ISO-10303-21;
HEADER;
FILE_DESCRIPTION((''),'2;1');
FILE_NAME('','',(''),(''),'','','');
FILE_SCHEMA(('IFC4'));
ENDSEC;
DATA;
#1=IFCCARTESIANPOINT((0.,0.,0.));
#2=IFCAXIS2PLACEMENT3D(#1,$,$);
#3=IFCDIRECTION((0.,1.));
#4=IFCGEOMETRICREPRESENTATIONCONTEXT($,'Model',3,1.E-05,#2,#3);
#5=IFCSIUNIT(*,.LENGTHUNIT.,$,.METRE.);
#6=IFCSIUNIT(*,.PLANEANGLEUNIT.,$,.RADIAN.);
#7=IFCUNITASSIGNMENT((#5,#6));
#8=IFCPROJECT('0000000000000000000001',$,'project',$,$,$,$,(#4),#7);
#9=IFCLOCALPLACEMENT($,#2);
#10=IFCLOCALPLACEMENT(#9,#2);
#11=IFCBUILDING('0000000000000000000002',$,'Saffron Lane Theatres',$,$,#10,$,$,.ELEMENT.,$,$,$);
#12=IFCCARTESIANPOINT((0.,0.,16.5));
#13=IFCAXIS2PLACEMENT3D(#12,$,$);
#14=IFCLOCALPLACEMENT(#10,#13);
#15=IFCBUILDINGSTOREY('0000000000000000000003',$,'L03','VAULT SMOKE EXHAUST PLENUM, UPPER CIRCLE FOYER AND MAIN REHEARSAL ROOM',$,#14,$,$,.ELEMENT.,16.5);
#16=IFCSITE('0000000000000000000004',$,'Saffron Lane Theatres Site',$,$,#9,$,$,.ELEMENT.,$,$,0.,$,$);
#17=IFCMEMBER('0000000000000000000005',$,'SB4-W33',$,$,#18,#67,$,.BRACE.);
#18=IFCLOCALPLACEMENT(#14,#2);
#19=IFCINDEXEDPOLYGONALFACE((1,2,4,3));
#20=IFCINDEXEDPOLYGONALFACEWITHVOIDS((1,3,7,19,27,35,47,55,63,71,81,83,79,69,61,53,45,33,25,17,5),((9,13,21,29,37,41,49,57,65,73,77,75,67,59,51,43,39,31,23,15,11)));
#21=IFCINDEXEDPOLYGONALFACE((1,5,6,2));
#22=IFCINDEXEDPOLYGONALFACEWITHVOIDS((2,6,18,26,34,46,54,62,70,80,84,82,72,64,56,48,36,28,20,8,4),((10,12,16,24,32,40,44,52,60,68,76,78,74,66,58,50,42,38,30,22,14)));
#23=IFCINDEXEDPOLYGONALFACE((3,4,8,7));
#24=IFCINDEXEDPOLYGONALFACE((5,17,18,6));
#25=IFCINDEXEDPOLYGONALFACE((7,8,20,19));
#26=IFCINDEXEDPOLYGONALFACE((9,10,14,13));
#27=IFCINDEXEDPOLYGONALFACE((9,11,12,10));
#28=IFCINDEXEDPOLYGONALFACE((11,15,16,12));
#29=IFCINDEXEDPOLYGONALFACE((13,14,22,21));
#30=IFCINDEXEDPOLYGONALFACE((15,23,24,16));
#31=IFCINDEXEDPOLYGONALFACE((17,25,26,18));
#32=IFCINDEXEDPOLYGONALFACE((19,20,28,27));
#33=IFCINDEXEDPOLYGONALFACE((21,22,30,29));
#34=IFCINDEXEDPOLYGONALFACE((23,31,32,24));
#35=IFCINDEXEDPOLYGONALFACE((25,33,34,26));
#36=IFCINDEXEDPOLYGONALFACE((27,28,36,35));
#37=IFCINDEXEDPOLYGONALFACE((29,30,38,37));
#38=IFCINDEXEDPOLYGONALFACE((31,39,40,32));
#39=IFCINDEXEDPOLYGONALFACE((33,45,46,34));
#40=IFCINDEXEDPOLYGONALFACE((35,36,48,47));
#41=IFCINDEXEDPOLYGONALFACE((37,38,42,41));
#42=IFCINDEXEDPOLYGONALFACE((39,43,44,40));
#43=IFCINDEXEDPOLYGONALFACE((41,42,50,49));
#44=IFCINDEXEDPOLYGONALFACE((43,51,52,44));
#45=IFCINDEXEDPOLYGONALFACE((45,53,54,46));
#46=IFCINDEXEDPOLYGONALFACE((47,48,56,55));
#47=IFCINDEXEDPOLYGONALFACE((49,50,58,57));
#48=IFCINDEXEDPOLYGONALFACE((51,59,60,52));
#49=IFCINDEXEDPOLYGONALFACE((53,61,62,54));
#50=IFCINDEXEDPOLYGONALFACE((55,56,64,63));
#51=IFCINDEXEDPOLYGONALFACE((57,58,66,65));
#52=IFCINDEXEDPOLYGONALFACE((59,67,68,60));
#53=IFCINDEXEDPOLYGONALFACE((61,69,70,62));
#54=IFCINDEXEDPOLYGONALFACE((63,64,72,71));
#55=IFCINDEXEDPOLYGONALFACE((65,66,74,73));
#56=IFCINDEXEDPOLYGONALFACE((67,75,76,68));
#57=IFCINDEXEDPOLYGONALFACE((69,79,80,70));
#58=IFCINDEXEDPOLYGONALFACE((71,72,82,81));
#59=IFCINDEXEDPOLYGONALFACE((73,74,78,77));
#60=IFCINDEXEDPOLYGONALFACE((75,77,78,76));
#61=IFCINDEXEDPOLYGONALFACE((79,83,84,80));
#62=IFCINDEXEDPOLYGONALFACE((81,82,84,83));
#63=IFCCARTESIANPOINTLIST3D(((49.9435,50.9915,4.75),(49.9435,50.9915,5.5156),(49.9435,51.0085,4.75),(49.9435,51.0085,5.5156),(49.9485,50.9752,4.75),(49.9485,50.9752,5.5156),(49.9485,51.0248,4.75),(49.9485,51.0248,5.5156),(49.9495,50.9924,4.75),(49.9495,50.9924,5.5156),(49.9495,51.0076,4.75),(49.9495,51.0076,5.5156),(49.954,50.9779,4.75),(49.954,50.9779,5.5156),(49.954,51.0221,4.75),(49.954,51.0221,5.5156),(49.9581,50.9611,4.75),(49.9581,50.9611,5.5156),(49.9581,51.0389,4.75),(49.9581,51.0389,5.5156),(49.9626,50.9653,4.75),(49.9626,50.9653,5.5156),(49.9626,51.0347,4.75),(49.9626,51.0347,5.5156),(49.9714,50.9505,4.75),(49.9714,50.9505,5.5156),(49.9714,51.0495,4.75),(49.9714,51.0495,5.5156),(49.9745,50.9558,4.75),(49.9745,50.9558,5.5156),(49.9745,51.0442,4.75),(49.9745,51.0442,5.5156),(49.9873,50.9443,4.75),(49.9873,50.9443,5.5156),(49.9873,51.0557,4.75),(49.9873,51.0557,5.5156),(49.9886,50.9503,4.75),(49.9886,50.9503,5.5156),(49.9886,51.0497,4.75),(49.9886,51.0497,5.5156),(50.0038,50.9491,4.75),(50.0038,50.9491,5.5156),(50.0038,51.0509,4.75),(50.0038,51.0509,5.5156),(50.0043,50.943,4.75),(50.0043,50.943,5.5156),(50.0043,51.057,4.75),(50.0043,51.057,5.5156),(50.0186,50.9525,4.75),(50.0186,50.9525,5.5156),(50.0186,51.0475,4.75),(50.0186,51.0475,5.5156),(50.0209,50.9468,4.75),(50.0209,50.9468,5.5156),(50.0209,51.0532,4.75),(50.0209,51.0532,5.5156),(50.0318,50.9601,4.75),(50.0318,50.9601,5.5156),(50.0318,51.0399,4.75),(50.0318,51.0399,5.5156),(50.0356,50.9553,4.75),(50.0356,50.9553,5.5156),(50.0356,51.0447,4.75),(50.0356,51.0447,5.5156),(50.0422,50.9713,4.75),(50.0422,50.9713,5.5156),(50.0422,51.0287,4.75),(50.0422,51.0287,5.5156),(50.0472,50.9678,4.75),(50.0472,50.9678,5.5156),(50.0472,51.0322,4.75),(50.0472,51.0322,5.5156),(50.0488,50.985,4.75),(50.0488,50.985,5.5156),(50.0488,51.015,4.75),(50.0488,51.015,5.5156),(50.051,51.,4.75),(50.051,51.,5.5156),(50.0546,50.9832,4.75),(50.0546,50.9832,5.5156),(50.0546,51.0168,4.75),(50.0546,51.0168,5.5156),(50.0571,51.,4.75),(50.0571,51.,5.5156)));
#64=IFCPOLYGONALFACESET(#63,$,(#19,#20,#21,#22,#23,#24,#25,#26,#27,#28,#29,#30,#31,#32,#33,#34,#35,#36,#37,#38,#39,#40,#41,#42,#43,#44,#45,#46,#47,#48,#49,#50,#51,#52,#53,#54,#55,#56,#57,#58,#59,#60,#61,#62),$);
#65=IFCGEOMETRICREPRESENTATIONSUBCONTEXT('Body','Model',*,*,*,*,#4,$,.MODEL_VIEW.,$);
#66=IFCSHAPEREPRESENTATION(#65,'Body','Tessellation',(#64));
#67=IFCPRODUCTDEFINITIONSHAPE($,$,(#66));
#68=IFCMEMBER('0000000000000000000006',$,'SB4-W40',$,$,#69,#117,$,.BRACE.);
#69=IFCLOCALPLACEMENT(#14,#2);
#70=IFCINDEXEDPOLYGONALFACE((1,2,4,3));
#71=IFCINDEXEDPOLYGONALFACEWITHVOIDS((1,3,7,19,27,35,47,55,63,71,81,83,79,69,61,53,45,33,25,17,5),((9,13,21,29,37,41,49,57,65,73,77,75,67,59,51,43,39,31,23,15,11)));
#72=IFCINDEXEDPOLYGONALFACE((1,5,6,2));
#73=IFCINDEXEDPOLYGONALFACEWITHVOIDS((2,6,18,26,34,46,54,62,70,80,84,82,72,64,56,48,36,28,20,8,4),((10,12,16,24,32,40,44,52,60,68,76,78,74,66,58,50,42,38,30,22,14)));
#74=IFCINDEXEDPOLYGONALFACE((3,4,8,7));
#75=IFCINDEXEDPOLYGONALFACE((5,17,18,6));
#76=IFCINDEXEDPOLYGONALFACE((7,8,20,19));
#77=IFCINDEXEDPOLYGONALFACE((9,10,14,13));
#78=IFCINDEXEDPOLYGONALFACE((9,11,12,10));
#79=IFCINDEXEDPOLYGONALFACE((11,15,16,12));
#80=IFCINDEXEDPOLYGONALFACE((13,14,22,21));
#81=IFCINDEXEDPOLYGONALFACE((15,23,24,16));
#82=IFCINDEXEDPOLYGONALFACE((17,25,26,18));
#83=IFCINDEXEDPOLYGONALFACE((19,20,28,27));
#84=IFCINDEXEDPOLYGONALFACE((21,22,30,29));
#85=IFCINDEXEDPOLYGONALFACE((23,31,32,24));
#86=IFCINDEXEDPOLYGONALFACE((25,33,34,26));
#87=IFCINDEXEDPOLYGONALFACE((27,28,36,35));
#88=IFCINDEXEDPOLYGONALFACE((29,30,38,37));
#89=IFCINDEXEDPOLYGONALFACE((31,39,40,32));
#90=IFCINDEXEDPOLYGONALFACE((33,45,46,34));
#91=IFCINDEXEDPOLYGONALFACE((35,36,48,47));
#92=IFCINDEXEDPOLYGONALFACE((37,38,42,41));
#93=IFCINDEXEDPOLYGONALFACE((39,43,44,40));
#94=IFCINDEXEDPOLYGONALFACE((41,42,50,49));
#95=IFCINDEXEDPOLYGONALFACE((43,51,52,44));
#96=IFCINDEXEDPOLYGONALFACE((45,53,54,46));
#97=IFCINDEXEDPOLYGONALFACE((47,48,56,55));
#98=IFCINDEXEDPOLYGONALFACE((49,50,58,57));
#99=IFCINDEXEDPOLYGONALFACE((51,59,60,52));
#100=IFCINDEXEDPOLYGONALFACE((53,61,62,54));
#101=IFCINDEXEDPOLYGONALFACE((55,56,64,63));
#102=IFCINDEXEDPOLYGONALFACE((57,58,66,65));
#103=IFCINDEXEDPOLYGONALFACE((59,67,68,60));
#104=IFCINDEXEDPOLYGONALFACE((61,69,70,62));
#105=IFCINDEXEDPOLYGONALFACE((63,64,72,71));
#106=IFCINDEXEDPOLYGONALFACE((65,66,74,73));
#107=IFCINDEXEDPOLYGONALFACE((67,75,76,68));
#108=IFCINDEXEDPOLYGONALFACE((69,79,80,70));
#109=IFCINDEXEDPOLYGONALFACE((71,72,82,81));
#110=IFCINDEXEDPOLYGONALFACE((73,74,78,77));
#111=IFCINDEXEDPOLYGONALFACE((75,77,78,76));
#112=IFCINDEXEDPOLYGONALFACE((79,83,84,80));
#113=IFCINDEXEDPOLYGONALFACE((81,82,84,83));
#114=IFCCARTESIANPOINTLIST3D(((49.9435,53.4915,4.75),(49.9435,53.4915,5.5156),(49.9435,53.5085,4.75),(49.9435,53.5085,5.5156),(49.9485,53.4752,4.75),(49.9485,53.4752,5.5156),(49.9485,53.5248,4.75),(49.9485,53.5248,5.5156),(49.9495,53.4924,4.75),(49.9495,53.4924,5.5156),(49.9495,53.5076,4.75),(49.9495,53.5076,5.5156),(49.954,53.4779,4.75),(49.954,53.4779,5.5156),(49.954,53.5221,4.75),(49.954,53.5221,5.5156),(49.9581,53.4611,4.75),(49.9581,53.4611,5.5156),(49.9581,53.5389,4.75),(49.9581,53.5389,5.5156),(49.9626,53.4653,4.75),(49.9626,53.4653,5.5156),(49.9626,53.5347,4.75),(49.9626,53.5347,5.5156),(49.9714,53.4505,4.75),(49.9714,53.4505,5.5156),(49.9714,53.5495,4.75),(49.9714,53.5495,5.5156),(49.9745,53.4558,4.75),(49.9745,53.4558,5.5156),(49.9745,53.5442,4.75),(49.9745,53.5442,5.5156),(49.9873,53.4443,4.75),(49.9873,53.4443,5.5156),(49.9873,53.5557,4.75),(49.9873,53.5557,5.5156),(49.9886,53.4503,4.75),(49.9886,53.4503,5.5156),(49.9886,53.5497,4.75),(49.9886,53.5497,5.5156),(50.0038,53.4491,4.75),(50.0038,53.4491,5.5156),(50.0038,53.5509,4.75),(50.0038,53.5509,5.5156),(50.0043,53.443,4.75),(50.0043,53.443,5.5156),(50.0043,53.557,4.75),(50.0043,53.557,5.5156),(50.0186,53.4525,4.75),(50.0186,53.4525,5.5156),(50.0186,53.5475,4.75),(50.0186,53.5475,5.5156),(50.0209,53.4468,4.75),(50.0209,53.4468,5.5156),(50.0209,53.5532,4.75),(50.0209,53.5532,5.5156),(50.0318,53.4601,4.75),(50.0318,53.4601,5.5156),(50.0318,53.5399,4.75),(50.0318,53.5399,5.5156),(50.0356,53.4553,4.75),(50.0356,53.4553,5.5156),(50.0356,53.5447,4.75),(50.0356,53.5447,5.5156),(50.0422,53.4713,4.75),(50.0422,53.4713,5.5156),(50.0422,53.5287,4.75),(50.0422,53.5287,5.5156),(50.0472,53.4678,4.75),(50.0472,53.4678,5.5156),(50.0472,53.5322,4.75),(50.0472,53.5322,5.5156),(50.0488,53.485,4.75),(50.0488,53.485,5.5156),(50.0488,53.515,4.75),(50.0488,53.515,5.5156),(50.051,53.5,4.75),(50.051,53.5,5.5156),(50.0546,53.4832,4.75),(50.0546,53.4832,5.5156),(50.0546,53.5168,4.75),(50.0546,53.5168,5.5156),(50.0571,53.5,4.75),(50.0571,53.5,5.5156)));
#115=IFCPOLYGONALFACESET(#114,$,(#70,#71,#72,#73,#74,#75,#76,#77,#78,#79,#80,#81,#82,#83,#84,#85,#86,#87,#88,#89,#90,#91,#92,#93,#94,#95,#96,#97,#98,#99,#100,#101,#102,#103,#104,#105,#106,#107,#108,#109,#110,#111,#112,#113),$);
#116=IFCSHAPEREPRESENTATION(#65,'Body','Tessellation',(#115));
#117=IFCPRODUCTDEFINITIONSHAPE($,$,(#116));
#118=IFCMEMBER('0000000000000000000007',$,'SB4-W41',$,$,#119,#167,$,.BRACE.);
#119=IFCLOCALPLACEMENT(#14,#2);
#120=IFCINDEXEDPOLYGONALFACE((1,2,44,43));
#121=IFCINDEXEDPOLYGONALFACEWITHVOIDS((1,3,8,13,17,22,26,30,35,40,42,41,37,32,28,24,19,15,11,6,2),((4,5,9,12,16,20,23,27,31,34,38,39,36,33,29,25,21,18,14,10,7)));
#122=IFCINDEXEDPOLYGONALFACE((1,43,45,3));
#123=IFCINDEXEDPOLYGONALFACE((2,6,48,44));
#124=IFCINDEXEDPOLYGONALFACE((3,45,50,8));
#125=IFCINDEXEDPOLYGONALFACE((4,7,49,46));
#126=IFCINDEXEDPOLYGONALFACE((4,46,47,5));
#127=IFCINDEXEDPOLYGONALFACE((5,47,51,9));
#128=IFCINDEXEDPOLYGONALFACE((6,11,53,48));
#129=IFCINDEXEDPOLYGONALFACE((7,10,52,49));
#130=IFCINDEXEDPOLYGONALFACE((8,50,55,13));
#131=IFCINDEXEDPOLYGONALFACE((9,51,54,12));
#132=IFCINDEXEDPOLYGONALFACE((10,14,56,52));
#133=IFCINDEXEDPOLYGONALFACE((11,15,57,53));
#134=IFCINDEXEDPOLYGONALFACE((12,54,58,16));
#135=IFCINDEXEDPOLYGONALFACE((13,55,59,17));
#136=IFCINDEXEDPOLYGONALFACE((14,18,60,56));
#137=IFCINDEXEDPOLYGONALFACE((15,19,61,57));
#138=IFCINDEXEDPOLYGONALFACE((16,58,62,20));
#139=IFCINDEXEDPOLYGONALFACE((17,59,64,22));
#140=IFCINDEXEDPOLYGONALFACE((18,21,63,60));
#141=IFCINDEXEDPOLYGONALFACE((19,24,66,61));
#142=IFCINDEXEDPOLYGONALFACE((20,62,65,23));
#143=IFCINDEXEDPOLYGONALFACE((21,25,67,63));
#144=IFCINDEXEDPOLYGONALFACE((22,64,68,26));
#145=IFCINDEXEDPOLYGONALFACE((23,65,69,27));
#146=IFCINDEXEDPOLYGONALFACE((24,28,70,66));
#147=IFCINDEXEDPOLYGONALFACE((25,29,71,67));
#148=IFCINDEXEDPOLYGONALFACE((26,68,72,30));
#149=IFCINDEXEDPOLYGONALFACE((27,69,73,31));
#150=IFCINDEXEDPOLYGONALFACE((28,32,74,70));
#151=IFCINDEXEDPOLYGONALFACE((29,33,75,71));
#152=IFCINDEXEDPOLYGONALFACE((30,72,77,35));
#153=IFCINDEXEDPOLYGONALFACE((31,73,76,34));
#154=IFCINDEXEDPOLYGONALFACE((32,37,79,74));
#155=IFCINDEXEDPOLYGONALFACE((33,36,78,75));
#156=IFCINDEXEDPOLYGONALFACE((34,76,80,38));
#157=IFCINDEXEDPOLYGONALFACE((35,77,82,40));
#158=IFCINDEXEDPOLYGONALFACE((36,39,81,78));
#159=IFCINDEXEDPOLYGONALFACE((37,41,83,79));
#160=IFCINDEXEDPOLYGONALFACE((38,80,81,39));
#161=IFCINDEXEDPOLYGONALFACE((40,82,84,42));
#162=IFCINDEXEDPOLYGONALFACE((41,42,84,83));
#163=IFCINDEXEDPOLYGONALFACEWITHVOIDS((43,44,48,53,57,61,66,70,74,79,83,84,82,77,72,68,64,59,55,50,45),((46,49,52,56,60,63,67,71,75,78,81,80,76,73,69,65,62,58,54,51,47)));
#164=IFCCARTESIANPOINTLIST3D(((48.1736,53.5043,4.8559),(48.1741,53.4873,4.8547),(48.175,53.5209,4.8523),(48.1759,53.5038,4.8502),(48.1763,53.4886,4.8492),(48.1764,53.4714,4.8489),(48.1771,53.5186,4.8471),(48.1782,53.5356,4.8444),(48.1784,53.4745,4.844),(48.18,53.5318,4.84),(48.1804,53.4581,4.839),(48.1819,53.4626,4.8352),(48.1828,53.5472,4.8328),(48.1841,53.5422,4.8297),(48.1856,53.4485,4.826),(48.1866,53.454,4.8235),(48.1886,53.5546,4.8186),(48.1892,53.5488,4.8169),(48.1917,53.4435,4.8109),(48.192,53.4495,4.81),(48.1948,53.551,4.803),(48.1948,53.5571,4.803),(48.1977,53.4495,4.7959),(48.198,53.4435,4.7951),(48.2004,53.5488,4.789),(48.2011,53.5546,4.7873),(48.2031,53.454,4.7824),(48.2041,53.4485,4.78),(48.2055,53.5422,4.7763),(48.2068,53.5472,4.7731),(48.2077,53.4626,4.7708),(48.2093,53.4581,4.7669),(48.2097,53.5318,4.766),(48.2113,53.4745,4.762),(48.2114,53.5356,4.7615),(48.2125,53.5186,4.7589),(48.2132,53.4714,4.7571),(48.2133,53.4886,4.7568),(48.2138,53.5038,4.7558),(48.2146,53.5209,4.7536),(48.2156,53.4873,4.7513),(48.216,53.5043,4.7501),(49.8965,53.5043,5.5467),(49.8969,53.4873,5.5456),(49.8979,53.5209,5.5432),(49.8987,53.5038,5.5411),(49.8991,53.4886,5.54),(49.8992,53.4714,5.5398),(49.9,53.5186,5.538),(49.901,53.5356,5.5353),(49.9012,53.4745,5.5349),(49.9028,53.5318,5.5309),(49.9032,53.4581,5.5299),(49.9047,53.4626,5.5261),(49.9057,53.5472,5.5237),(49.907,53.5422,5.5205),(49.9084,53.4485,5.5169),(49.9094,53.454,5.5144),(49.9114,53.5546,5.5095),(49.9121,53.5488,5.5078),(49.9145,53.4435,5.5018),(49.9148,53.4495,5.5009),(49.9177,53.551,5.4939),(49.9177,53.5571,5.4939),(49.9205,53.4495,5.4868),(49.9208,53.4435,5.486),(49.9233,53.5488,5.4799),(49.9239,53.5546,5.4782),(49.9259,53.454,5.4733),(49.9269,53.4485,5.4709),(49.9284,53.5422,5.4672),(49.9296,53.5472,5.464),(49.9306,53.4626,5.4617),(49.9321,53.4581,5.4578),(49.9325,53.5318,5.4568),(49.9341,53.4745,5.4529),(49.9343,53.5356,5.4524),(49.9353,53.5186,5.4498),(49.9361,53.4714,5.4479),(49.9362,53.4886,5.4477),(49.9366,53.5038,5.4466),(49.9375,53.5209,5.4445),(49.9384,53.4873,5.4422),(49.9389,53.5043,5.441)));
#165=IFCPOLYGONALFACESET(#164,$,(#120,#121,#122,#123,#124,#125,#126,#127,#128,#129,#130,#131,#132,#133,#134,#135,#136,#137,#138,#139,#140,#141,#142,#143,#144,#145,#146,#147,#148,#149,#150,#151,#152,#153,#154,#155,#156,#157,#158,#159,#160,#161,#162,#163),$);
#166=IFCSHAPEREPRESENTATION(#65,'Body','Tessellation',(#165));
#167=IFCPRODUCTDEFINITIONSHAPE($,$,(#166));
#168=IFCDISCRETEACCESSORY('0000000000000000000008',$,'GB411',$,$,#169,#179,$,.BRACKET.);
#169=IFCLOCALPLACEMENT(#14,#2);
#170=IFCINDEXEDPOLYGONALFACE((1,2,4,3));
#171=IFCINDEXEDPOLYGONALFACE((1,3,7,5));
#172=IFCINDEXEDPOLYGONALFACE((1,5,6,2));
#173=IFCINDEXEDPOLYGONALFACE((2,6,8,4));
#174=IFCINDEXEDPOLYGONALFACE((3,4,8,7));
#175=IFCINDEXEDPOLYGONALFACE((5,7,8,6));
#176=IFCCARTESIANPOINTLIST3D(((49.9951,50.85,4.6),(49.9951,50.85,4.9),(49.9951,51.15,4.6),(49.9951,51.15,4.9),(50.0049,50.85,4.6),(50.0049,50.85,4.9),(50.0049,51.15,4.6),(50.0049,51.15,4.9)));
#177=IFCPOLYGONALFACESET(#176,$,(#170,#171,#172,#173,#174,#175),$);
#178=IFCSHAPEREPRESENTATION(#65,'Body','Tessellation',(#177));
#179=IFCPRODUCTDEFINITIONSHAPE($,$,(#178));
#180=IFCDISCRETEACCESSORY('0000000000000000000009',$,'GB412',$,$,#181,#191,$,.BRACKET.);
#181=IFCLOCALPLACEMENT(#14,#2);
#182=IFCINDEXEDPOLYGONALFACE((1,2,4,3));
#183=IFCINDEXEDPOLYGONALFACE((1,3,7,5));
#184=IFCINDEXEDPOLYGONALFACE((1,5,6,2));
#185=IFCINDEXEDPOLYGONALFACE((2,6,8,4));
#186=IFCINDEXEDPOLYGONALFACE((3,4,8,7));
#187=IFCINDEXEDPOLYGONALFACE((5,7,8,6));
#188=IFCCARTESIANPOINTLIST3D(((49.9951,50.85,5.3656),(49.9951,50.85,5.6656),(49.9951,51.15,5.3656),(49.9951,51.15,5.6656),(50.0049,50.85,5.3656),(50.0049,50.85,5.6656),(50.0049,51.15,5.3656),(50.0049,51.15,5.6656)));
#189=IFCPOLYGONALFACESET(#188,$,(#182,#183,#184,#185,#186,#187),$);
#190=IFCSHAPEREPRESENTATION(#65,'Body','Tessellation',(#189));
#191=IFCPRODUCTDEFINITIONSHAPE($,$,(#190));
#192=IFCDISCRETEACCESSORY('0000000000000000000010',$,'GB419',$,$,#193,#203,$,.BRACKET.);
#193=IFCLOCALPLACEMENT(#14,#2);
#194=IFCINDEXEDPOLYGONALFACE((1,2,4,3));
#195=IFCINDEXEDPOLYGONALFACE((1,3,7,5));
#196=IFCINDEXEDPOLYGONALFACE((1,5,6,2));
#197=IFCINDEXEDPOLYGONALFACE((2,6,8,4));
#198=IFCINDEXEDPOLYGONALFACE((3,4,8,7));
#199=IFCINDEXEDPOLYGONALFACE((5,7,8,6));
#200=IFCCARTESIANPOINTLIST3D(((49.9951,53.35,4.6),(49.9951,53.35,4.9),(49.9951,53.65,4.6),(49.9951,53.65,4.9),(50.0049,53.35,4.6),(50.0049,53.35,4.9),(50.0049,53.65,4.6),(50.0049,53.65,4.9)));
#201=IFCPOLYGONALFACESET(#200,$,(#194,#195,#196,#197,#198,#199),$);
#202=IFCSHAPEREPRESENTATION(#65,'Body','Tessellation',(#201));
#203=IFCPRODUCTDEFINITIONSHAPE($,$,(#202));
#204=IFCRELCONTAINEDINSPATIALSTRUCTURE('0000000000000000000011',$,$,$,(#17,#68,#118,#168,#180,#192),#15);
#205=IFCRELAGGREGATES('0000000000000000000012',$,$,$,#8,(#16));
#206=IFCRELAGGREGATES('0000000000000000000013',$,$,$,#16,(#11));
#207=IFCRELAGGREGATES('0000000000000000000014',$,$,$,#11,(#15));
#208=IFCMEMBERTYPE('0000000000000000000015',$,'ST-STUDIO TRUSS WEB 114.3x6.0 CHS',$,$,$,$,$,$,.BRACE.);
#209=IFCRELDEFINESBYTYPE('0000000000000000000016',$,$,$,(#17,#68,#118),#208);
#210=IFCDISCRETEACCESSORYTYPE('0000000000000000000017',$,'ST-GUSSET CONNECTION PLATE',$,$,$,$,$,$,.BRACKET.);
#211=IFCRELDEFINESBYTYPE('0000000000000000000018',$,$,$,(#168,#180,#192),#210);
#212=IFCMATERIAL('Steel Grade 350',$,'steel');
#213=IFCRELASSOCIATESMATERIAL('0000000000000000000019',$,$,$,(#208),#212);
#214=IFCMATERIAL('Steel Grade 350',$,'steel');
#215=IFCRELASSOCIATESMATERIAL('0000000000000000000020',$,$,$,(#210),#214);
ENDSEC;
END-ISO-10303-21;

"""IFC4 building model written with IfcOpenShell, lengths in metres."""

from ifc_helpers import new_model, si_unit, direction, frame, origin, origin_2d, place, context, subcontext, project, spatial, rectangle, hollow_circle, extrude, material, material_profile, profile_set, type_object, element, save


model = new_model("IFC4")

# Units and contexts
model_context = context("Model", 3, precision=1e-05, world=origin(), true_north=direction((0.0, 1.0)))
body_context = subcontext(model_context, "Body", "Model", "MODEL_VIEW")
ifc_project = project(units=[si_unit("LENGTHUNIT", "METRE"), si_unit("PLANEANGLEUNIT", "RADIAN")], contexts=[model_context])

# Site, building, storey
site_placement = place(None, origin())
site = spatial("IfcSite", under=ifc_project, at=site_placement, Name="Saffron Lane Theatres Site", CompositionType="ELEMENT", RefElevation=0.0)
building_placement = place(site_placement, origin())
building = spatial("IfcBuilding", under=site, at=building_placement, Name="Saffron Lane Theatres", CompositionType="ELEMENT")
storey_placement = place(building_placement, frame((0.0, 0.0, 16.5)))
storey = spatial("IfcBuildingStorey", under=building, at=storey_placement, Name="L03", Description="VAULT SMOKE EXHAUST PLENUM, UPPER CIRCLE FOYER AND MAIN REHEARSAL ROOM", CompositionType="ELEMENT", Elevation=16.5)

# Members
ifc_material_1 = material(Name="Steel Grade 350", Category="steel")
ifc_material_profile_1 = material_profile(ifc_material_1, hollow_circle(Radius=0.0571, WallThickness=0.0061, at=origin_2d()))
ifc_profile_set_1 = profile_set([ifc_material_profile_1], Name="Steel Grade 350")
member_type_1 = type_object("IfcMemberType", Name="ST-STUDIO TRUSS WEB 114.3x6.0 CHS", PredefinedType="BRACE", material=ifc_profile_set_1)
for number, where, z_axis, x_axis, name in (
    (1, (50.0, 51.0, 4.75), (0.0, 0.0, 1.0), (1.0, 0.0, 0.0), "SB4-W33"),
    (2, (50.0, 53.5, 4.75), (0.0, 0.0, 1.0), (1.0, 0.0, 0.0), "SB4-W40"),
):
    element("IfcMember", number, at=place(storey_placement, frame(where, z_axis=z_axis, x_axis=x_axis)), inside=storey, type_object=member_type_1, Name=name, PredefinedType="BRACE", context=body_context, shape_type="SweptSolid", body=[
        extrude(hollow_circle(Radius=0.0571, WallThickness=0.0061, at=origin_2d()), origin(), (0.0, 0.0, 1.0), 0.7656),
    ])
member_1_placement = place(storey_placement, frame((48.1948, 53.5, 4.803), z_axis=(0.92815, 0.0, 0.372207), x_axis=(0.0, 1.0, 0.0)))
element("IfcMember", 3, at=member_1_placement, inside=storey, type_object=member_type_1, Name="SB4-W41", PredefinedType="BRACE", context=body_context, shape_type="SweptSolid", body=[
    extrude(hollow_circle(Radius=0.0571, WallThickness=0.0061, at=origin_2d()), origin(), (0.0, 0.0, 1.0), 1.8562),
])

# Discrete accessories
ifc_material_2 = material(Name="Steel Grade 350", Category="steel")
ifc_material_profile_2 = material_profile(ifc_material_2, rectangle(XDim=0.3, YDim=0.3, at=origin_2d()))
ifc_profile_set_2 = profile_set([ifc_material_profile_2], Name="Steel Grade 350")
discrete_accessory_type_1 = type_object("IfcDiscreteAccessoryType", Name="ST-GUSSET CONNECTION PLATE", PredefinedType="BRACKET", material=ifc_profile_set_2)
for number, where, z_axis, x_axis, name in (
    (4, (49.9951, 51.0, 4.75), (1.0, 0.0, 0.0), (0.0, 1.0, 0.0), "GB411"),
    (5, (49.9951, 51.0, 5.5156), (1.0, 0.0, 0.0), (0.0, 1.0, 0.0), "GB412"),
    (6, (49.9951, 53.5, 4.75), (1.0, 0.0, 0.0), (0.0, 1.0, 0.0), "GB419"),
):
    element("IfcDiscreteAccessory", number, at=place(storey_placement, frame(where, z_axis=z_axis, x_axis=x_axis)), inside=storey, type_object=discrete_accessory_type_1, Name=name, PredefinedType="BRACKET", context=body_context, shape_type="SweptSolid", body=[
        extrude(rectangle(XDim=0.3, YDim=0.3, at=origin_2d()), origin(), (0.0, 0.0, 1.0), 0.0098),
    ])

save(model, "model.ifc")
